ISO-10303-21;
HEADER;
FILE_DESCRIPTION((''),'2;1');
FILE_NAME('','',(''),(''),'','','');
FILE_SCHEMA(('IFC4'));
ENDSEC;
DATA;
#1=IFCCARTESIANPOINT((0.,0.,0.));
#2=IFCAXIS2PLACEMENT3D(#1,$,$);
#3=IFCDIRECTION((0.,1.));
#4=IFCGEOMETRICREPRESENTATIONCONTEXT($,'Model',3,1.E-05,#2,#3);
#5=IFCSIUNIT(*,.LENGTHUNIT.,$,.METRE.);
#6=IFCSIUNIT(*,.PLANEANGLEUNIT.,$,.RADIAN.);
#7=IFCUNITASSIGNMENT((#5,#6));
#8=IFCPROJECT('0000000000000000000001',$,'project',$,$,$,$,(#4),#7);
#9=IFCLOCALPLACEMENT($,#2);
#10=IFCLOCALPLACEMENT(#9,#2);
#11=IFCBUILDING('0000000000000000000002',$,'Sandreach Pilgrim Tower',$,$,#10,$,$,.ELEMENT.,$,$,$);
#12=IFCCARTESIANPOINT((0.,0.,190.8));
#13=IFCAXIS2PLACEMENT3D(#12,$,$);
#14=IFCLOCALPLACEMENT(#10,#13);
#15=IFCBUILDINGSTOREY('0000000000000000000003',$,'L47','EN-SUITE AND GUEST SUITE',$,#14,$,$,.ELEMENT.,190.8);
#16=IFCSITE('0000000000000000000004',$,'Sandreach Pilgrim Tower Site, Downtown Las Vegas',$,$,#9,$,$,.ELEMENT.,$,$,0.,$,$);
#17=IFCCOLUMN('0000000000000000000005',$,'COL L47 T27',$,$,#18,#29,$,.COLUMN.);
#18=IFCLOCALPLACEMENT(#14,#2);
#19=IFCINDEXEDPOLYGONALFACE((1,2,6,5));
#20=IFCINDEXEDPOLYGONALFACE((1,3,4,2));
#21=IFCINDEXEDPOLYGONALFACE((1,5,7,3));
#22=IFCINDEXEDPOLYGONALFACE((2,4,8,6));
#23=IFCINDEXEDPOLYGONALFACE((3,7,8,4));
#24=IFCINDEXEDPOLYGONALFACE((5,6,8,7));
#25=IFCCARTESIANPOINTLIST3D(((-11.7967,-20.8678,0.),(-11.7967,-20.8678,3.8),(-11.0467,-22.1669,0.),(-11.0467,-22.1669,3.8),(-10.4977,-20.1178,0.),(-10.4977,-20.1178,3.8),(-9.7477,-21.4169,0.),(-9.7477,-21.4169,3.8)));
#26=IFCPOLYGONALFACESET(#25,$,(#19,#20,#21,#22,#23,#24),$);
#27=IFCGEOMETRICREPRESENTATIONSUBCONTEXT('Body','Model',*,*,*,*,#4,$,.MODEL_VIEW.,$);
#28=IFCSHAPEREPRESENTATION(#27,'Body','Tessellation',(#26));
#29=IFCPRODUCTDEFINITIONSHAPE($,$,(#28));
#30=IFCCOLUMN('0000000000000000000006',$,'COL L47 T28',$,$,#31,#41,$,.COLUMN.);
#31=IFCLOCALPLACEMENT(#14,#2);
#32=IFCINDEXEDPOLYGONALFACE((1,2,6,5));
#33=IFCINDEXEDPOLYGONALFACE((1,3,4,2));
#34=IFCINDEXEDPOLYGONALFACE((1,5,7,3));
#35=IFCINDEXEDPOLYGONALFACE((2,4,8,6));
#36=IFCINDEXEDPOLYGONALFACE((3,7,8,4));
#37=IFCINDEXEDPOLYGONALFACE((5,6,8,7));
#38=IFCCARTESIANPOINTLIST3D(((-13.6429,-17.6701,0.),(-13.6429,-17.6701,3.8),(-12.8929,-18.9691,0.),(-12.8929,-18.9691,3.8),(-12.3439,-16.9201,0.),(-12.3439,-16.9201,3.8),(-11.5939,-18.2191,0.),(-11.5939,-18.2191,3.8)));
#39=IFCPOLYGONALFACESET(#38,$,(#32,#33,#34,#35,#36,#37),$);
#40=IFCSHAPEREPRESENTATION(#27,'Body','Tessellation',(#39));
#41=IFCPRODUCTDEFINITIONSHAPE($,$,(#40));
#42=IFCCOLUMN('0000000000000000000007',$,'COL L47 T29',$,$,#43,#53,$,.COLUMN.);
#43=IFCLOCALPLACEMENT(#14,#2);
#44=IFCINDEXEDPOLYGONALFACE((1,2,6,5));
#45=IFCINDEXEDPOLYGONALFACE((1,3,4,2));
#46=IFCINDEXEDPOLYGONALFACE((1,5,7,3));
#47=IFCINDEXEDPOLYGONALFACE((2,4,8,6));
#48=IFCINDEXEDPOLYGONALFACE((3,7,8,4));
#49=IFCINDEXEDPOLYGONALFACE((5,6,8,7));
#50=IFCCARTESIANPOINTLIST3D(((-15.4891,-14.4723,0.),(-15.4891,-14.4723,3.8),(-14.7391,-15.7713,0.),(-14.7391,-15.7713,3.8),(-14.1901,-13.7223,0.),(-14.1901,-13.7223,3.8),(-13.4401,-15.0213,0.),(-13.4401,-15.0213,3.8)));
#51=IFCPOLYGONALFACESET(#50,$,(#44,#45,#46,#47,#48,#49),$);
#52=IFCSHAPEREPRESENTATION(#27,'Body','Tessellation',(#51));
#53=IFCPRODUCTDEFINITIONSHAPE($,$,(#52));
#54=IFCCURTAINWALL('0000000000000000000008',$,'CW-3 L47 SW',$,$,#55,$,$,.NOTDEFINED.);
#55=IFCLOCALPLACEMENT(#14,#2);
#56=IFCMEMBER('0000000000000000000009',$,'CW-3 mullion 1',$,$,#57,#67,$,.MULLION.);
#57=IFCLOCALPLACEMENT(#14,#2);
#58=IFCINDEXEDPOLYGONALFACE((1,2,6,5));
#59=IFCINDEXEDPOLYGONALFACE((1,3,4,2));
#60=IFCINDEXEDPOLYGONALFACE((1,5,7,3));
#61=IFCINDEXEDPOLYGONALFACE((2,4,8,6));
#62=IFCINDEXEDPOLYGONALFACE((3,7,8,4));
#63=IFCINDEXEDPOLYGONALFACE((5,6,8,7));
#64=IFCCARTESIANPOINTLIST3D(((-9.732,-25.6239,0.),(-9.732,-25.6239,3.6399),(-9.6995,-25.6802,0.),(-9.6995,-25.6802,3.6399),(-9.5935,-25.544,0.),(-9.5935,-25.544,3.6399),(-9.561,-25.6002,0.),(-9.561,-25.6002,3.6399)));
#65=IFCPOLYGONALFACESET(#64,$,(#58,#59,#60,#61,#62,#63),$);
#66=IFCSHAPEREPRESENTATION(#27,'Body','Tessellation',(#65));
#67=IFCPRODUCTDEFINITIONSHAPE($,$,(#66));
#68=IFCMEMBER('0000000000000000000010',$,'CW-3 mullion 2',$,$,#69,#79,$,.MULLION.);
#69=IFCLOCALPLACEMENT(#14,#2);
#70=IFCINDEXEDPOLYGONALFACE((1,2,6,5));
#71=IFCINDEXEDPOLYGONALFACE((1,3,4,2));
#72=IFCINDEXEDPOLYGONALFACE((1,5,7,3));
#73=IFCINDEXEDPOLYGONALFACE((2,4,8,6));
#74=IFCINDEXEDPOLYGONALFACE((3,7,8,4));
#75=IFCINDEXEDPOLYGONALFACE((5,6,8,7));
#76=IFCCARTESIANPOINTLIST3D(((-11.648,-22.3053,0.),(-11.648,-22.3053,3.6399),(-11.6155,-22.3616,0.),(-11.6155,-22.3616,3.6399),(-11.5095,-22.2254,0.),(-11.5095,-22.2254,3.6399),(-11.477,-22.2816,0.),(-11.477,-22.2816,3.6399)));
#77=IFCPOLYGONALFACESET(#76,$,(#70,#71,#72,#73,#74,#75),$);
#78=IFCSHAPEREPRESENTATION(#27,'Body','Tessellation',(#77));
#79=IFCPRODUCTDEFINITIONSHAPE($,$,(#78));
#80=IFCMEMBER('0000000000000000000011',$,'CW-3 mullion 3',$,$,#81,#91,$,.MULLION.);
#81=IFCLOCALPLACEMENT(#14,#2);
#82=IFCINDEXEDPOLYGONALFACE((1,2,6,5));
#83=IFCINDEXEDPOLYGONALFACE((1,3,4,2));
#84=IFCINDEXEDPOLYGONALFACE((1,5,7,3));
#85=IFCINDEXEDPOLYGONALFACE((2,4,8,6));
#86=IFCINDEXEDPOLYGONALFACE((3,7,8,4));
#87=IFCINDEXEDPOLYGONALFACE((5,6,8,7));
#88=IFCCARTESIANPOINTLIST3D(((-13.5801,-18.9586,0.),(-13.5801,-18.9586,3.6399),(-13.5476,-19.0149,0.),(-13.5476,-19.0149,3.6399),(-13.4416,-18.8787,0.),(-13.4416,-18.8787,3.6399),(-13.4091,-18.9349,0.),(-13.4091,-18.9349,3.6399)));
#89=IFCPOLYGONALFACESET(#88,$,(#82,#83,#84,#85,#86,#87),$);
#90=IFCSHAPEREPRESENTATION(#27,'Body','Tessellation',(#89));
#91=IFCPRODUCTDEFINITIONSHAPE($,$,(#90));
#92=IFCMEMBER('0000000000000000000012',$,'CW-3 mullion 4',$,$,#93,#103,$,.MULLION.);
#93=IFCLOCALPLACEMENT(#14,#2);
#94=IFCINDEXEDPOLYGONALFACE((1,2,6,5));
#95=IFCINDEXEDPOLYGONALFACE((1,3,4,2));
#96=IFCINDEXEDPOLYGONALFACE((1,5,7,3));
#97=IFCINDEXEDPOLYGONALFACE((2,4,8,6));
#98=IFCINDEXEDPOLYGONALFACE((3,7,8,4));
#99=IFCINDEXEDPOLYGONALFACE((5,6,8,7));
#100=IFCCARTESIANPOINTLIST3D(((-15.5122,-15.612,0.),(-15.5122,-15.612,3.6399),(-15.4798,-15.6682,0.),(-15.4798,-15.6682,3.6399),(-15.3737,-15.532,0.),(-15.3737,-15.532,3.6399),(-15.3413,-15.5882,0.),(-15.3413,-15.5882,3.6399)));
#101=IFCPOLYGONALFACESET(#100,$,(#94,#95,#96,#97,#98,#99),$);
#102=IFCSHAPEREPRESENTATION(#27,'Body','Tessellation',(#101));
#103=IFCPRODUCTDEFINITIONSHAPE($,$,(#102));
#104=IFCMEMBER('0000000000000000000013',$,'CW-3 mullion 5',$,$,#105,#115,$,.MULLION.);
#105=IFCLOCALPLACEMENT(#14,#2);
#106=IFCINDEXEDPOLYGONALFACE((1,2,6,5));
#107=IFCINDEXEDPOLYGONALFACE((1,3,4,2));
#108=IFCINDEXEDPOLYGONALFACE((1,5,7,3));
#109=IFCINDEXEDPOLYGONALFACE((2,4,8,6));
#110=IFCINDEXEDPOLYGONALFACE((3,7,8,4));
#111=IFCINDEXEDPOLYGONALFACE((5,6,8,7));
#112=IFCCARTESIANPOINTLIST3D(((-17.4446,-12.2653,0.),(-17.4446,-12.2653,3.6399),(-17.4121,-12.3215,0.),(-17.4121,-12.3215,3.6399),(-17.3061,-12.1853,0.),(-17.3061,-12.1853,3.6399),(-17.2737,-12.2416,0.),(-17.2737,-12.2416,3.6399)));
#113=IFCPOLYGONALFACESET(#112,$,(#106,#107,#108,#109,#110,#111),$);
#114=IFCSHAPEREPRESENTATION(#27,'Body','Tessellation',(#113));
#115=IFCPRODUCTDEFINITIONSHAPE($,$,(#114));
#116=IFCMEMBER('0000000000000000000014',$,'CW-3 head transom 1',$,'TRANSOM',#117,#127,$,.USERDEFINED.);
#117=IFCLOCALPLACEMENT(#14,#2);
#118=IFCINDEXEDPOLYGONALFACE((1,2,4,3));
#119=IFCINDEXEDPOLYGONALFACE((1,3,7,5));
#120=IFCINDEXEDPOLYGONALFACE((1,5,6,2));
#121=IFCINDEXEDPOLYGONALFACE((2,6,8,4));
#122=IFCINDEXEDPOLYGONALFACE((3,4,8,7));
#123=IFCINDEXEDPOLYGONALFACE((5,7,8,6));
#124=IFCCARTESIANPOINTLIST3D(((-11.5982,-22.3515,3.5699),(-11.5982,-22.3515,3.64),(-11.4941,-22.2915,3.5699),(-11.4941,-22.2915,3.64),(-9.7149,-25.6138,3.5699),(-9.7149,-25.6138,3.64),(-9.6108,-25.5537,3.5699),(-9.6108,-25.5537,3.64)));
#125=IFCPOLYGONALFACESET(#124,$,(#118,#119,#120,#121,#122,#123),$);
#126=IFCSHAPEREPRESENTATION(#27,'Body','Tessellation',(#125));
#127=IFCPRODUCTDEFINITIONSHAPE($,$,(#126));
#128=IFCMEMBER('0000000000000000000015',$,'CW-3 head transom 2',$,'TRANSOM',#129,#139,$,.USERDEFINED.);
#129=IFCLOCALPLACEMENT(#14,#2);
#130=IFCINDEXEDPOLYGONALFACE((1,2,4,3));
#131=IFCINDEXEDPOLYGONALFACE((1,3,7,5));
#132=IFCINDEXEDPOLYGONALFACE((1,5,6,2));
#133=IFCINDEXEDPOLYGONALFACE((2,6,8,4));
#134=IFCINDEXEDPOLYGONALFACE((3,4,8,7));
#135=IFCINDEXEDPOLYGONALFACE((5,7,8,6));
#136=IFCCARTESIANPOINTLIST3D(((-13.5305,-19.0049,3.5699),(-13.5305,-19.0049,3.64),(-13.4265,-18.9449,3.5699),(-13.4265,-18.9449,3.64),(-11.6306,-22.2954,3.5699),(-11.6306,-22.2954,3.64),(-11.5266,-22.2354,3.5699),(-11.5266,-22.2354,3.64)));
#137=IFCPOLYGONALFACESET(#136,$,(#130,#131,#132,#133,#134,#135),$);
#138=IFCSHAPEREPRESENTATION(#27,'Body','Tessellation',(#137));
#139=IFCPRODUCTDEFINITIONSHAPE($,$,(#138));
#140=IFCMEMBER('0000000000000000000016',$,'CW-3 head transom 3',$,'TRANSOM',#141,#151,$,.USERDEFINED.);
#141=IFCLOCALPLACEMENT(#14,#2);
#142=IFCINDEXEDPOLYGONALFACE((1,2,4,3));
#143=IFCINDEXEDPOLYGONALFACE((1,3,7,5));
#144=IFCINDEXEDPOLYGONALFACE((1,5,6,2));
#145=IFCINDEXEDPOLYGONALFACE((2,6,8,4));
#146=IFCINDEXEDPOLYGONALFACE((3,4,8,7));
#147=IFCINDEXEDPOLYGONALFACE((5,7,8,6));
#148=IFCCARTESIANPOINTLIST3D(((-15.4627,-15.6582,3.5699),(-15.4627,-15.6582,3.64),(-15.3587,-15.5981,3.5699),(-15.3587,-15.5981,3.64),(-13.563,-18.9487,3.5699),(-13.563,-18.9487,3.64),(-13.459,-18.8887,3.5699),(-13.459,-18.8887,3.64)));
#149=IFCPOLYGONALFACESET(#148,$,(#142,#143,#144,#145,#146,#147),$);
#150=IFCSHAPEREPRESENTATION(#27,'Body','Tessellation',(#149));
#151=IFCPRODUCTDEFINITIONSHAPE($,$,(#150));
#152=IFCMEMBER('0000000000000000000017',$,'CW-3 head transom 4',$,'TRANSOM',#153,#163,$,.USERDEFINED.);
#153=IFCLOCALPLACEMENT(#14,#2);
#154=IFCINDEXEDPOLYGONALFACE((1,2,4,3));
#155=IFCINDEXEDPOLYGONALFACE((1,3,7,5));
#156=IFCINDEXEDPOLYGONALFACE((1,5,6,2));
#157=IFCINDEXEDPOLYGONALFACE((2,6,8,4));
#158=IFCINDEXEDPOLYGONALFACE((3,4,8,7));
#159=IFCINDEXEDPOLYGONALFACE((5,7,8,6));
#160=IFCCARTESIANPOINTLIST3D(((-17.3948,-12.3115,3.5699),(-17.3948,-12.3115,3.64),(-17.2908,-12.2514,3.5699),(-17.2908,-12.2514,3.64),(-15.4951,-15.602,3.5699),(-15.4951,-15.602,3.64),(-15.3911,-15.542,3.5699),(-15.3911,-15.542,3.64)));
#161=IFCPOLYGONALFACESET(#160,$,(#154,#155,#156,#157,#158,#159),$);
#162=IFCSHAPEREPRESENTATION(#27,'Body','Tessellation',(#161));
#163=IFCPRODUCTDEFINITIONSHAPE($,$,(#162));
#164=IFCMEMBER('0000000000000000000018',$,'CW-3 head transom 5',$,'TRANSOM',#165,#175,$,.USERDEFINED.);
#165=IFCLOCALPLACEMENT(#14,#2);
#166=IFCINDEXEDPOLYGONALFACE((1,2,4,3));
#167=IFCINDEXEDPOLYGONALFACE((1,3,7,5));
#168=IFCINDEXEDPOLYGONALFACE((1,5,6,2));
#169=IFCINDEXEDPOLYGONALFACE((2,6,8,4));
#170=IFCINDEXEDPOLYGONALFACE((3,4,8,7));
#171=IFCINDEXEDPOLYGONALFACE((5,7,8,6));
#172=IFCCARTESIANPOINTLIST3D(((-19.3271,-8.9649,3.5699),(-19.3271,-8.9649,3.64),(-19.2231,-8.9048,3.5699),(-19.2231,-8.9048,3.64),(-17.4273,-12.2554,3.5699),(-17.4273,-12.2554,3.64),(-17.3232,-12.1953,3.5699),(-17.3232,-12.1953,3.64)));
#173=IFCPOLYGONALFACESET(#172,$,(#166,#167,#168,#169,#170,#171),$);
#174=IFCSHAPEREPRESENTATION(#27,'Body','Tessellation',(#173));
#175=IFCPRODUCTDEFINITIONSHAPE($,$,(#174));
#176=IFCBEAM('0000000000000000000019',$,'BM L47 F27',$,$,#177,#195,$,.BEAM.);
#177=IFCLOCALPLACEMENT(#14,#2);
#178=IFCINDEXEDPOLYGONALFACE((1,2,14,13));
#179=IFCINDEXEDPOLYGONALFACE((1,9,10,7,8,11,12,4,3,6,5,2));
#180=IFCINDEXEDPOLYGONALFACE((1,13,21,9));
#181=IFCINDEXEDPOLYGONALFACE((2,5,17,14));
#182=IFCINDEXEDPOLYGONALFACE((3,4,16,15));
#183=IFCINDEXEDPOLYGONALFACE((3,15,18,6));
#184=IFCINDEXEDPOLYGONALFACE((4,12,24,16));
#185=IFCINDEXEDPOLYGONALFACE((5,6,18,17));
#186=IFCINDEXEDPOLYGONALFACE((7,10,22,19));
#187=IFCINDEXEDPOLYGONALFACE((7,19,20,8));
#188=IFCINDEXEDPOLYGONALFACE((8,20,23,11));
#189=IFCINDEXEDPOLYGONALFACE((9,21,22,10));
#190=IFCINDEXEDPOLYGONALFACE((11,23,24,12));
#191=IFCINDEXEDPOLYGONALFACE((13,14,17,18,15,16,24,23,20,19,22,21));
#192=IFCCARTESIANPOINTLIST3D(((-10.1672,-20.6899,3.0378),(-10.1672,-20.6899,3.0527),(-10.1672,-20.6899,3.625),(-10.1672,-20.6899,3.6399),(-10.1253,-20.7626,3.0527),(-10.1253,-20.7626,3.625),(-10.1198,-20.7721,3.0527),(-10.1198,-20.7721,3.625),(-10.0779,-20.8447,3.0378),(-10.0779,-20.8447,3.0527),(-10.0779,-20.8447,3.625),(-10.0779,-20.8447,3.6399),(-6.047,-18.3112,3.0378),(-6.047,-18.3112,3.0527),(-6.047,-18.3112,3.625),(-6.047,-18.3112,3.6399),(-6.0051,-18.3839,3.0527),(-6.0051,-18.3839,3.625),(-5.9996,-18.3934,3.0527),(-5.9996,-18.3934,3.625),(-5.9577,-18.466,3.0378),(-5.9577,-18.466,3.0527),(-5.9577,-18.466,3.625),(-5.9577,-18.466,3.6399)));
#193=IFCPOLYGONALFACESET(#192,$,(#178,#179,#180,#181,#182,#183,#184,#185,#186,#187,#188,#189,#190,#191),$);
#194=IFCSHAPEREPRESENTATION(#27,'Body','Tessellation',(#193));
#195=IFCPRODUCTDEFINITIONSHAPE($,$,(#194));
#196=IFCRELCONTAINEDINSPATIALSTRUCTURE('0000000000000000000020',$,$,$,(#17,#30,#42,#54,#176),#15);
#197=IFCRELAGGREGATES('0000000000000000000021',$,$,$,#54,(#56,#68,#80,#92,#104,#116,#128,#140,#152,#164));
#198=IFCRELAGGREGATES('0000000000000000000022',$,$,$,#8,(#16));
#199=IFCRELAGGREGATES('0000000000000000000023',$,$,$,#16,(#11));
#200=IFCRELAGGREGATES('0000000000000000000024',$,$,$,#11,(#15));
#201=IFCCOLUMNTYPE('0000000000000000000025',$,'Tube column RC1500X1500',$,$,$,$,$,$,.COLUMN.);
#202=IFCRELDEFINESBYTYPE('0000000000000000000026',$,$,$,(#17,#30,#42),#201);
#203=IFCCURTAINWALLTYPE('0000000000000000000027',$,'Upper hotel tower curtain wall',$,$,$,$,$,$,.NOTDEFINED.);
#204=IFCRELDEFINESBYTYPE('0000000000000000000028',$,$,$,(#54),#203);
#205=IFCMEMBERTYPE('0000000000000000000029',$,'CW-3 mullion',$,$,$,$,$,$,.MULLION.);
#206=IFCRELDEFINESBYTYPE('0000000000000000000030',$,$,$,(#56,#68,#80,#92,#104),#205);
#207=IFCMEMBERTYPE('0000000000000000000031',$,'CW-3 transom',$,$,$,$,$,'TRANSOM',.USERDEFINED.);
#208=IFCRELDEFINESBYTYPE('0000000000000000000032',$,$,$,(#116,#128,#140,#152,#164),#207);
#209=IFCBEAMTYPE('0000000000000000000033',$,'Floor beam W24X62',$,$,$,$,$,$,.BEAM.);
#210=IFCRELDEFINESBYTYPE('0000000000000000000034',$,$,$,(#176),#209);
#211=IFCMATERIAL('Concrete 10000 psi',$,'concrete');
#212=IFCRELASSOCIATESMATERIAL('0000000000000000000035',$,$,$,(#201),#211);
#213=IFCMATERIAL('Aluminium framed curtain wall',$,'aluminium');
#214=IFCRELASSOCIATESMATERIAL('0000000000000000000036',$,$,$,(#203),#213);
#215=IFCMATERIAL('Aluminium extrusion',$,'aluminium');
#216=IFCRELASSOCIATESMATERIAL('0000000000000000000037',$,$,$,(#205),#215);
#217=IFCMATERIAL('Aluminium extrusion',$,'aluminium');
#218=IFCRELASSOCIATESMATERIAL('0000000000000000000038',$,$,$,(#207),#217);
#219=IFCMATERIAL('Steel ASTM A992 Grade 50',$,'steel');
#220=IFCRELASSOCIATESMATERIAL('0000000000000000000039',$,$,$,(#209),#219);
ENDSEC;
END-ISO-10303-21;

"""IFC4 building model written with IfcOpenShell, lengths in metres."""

from ifc_helpers import new_model, si_unit, direction, frame, origin, origin_2d, place, context, subcontext, project, spatial, rectangle, i_section, extrude, material, material_profile, profile_set, type_object, element, aggregate, save


model = new_model("IFC4")

# Units and contexts
model_context = context("Model", 3, precision=1e-05, world=origin(), true_north=direction((0.0, 1.0)))
body_context = subcontext(model_context, "Body", "Model", "MODEL_VIEW")
ifc_project = project(units=[si_unit("LENGTHUNIT", "METRE"), si_unit("PLANEANGLEUNIT", "RADIAN")], contexts=[model_context])

# Site, building, storey
site_placement = place(None, origin())
site = spatial("IfcSite", under=ifc_project, at=site_placement, Name="Sandreach Pilgrim Tower Site, Downtown Las Vegas", CompositionType="ELEMENT", RefElevation=0.0)
building_placement = place(site_placement, origin())
building = spatial("IfcBuilding", under=site, at=building_placement, Name="Sandreach Pilgrim Tower", CompositionType="ELEMENT")
storey_placement = place(building_placement, frame((0.0, 0.0, 190.8)))
storey = spatial("IfcBuildingStorey", under=building, at=storey_placement, Name="L47", Description="EN-SUITE AND GUEST SUITE", CompositionType="ELEMENT", Elevation=190.8)

# Columns
ifc_material_1 = material(Name="Concrete 10000 psi", Category="concrete")
ifc_material_profile_1 = material_profile(ifc_material_1, rectangle(XDim=1.5, YDim=1.5, at=origin_2d()), Name="RC1500X1500")
ifc_profile_set_1 = profile_set([ifc_material_profile_1], Name="Concrete 10000 psi")
column_type = type_object("IfcColumnType", Name="Tube column RC1500X1500", PredefinedType="COLUMN", material=ifc_profile_set_1)
for number, where, z_axis, x_axis, name in (
    (1, (-10.7722, -21.1423, 0.0), (0.0, 0.0, 1.0), (-0.866025, -0.5, 0.0), "COL L47 T27"),
    (2, (-12.6184, -17.9446, 0.0), (0.0, 0.0, 1.0), (-0.866025, -0.5, 0.0), "COL L47 T28"),
    (3, (-14.4646, -14.7468, 0.0), (0.0, 0.0, 1.0), (-0.866025, -0.5, 0.0), "COL L47 T29"),
):
    element("IfcColumn", number, at=place(storey_placement, frame(where, z_axis=z_axis, x_axis=x_axis)), inside=storey, type_object=column_type, Name=name, PredefinedType="COLUMN", context=body_context, shape_type="SweptSolid", body=[
        extrude(rectangle(XDim=1.5, YDim=1.5, at=origin_2d()), origin(), (0.0, 0.0, 1.0), 3.8),
    ])

# Curtain wall, members
ifc_material_2 = material(Name="Aluminium framed curtain wall", Category="aluminium")
curtain_wall_type = type_object("IfcCurtainWallType", Name="Upper hotel tower curtain wall", PredefinedType="NOTDEFINED", material=ifc_material_2)
curtain_wall_placement = place(storey_placement, origin())
curtain_wall = element("IfcCurtainWall", 4, at=curtain_wall_placement, inside=storey, type_object=curtain_wall_type, Name="CW-3 L47 SW", PredefinedType="NOTDEFINED")
ifc_material_3 = material(Name="Aluminium extrusion", Category="aluminium")
ifc_material_profile_2 = material_profile(ifc_material_3, rectangle(XDim=0.0649, YDim=0.1599, at=origin_2d()), Name="CW-3M 65X160")
ifc_profile_set_2 = profile_set([ifc_material_profile_2], Name="Aluminium extrusion")
member_type_1 = type_object("IfcMemberType", Name="CW-3 mullion", PredefinedType="MULLION", material=ifc_profile_set_2)
member_1_placement = place(storey_placement, frame((-9.6465, -25.6121, 0.0), z_axis=(0.0, 0.0, 1.0), x_axis=(-0.5, 0.866025, 0.0)))
member_1 = element("IfcMember", 5, at=member_1_placement, type_object=member_type_1, Name="CW-3 mullion 1", PredefinedType="MULLION", context=body_context, shape_type="SweptSolid", body=[
    extrude(rectangle(XDim=0.0649, YDim=0.1599, at=origin_2d()), origin(), (0.0, 0.0, 1.0), 3.6399),
])
member_2_placement = place(storey_placement, frame((-11.5625, -22.2935, 0.0), z_axis=(0.0, 0.0, 1.0), x_axis=(-0.5, 0.866025, 0.0)))
member_2 = element("IfcMember", 6, at=member_2_placement, type_object=member_type_1, Name="CW-3 mullion 2", PredefinedType="MULLION", context=body_context, shape_type="SweptSolid", body=[
    extrude(rectangle(XDim=0.0649, YDim=0.1599, at=origin_2d()), origin(), (0.0, 0.0, 1.0), 3.6399),
])
member_3_placement = place(storey_placement, frame((-13.4946, -18.9468, 0.0), z_axis=(0.0, 0.0, 1.0), x_axis=(-0.5, 0.866025, 0.0)))
member_3 = element("IfcMember", 7, at=member_3_placement, type_object=member_type_1, Name="CW-3 mullion 3", PredefinedType="MULLION", context=body_context, shape_type="SweptSolid", body=[
    extrude(rectangle(XDim=0.0649, YDim=0.1599, at=origin_2d()), origin(), (0.0, 0.0, 1.0), 3.6399),
])
member_4_placement = place(storey_placement, frame((-15.4268, -15.6001, 0.0), z_axis=(0.0, 0.0, 1.0), x_axis=(-0.5, 0.866025, 0.0)))
member_4 = element("IfcMember", 8, at=member_4_placement, type_object=member_type_1, Name="CW-3 mullion 4", PredefinedType="MULLION", context=body_context, shape_type="SweptSolid", body=[
    extrude(rectangle(XDim=0.0649, YDim=0.1599, at=origin_2d()), origin(), (0.0, 0.0, 1.0), 3.6399),
])
member_5_placement = place(storey_placement, frame((-17.3591, -12.2534, 0.0), z_axis=(0.0, 0.0, 1.0), x_axis=(-0.5, 0.866025, 0.0)))
member_5 = element("IfcMember", 9, at=member_5_placement, type_object=member_type_1, Name="CW-3 mullion 5", PredefinedType="MULLION", context=body_context, shape_type="SweptSolid", body=[
    extrude(rectangle(XDim=0.0649, YDim=0.1599, at=origin_2d()), origin(), (0.0, 0.0, 1.0), 3.6399),
])
ifc_material_4 = material(Name="Aluminium extrusion", Category="aluminium")
ifc_material_profile_3 = material_profile(ifc_material_4, rectangle(XDim=0.1201, YDim=0.0701, at=origin_2d()), Name="CW-3T 120X70")
ifc_profile_set_3 = profile_set([ifc_material_profile_3], Name="Aluminium extrusion")
member_type_2 = type_object("IfcMemberType", Name="CW-3 transom", ElementType="TRANSOM", PredefinedType="USERDEFINED", material=ifc_profile_set_3)
member_6_placement = place(storey_placement, frame((-9.6628, -25.5837, 3.605), z_axis=(-0.499973, 0.866041, 0.0), x_axis=(-0.866041, -0.499973, 0.0)))
member_6 = element("IfcMember", 10, at=member_6_placement, type_object=member_type_2, Name="CW-3 head transom 1", ObjectType="TRANSOM", PredefinedType="USERDEFINED", context=body_context, shape_type="SweptSolid", body=[
    extrude(rectangle(XDim=0.1201, YDim=0.0701, at=origin_2d()), origin(), (0.0, 0.0, 1.0), 3.7668),
])
member_7_placement = place(storey_placement, frame((-11.5786, -22.2654, 3.605), z_axis=(-0.500023, 0.866012, 0.0), x_axis=(-0.866012, -0.500023, 0.0)))
member_7 = element("IfcMember", 11, at=member_7_placement, type_object=member_type_2, Name="CW-3 head transom 2", ObjectType="TRANSOM", PredefinedType="USERDEFINED", context=body_context, shape_type="SweptSolid", body=[
    extrude(rectangle(XDim=0.1201, YDim=0.0701, at=origin_2d()), origin(), (0.0, 0.0, 1.0), 3.7996),
])
member_8_placement = place(storey_placement, frame((-13.511, -18.9187, 3.605), z_axis=(-0.499975, 0.86604, 0.0), x_axis=(-0.86604, -0.499975, 0.0)))
member_8 = element("IfcMember", 12, at=member_8_placement, type_object=member_type_2, Name="CW-3 head transom 3", ObjectType="TRANSOM", PredefinedType="USERDEFINED", context=body_context, shape_type="SweptSolid", body=[
    extrude(rectangle(XDim=0.1201, YDim=0.0701, at=origin_2d()), origin(), (0.0, 0.0, 1.0), 3.7996),
])
member_9_placement = place(storey_placement, frame((-15.4431, -15.572, 3.605), z_axis=(-0.499975, 0.86604, 0.0), x_axis=(-0.86604, -0.499975, 0.0)))
member_9 = element("IfcMember", 13, at=member_9_placement, type_object=member_type_2, Name="CW-3 head transom 4", ObjectType="TRANSOM", PredefinedType="USERDEFINED", context=body_context, shape_type="SweptSolid", body=[
    extrude(rectangle(XDim=0.1201, YDim=0.0701, at=origin_2d()), origin(), (0.0, 0.0, 1.0), 3.7996),
])
member_10_placement = place(storey_placement, frame((-17.3752, -12.2253, 3.605), z_axis=(-0.500023, 0.866012, 0.0), x_axis=(-0.866012, -0.500023, 0.0)))
member_10 = element("IfcMember", 14, at=member_10_placement, type_object=member_type_2, Name="CW-3 head transom 5", ObjectType="TRANSOM", PredefinedType="USERDEFINED", context=body_context, shape_type="SweptSolid", body=[
    extrude(rectangle(XDim=0.1201, YDim=0.0701, at=origin_2d()), origin(), (0.0, 0.0, 1.0), 3.7996),
])

# Beam
ifc_material_5 = material(Name="Steel ASTM A992 Grade 50", Category="steel")
ifc_material_profile_4 = material_profile(ifc_material_5, i_section(OverallWidth=0.1787, OverallDepth=0.6021, WebThickness=0.011, FlangeThickness=0.0149, at=origin_2d()), Name="W24X62")
ifc_profile_set_4 = profile_set([ifc_material_profile_4], Name="Steel ASTM A992 Grade 50")
beam_type_1 = type_object("IfcBeamType", Name="Floor beam W24X62", PredefinedType="BEAM", material=ifc_profile_set_4)
beam_1_placement = place(storey_placement, frame((-10.1226, -20.7673, 3.3389), z_axis=(0.866033, 0.499986, 0.0), x_axis=(-0.499986, 0.866033, 0.0)))
element("IfcBeam", 15, at=beam_1_placement, inside=storey, type_object=beam_type_1, Name="BM L47 F27", PredefinedType="BEAM", context=body_context, shape_type="SweptSolid", body=[
    extrude(i_section(OverallWidth=0.1787, OverallDepth=0.6021, WebThickness=0.011, FlangeThickness=0.0149, at=origin_2d()), origin(), (0.0, 0.0, 1.0), 4.7576),
])

aggregate(curtain_wall, [member_1, member_2, member_3, member_4, member_5, member_6, member_7, member_8, member_9, member_10])

save(model, "model.ifc")
